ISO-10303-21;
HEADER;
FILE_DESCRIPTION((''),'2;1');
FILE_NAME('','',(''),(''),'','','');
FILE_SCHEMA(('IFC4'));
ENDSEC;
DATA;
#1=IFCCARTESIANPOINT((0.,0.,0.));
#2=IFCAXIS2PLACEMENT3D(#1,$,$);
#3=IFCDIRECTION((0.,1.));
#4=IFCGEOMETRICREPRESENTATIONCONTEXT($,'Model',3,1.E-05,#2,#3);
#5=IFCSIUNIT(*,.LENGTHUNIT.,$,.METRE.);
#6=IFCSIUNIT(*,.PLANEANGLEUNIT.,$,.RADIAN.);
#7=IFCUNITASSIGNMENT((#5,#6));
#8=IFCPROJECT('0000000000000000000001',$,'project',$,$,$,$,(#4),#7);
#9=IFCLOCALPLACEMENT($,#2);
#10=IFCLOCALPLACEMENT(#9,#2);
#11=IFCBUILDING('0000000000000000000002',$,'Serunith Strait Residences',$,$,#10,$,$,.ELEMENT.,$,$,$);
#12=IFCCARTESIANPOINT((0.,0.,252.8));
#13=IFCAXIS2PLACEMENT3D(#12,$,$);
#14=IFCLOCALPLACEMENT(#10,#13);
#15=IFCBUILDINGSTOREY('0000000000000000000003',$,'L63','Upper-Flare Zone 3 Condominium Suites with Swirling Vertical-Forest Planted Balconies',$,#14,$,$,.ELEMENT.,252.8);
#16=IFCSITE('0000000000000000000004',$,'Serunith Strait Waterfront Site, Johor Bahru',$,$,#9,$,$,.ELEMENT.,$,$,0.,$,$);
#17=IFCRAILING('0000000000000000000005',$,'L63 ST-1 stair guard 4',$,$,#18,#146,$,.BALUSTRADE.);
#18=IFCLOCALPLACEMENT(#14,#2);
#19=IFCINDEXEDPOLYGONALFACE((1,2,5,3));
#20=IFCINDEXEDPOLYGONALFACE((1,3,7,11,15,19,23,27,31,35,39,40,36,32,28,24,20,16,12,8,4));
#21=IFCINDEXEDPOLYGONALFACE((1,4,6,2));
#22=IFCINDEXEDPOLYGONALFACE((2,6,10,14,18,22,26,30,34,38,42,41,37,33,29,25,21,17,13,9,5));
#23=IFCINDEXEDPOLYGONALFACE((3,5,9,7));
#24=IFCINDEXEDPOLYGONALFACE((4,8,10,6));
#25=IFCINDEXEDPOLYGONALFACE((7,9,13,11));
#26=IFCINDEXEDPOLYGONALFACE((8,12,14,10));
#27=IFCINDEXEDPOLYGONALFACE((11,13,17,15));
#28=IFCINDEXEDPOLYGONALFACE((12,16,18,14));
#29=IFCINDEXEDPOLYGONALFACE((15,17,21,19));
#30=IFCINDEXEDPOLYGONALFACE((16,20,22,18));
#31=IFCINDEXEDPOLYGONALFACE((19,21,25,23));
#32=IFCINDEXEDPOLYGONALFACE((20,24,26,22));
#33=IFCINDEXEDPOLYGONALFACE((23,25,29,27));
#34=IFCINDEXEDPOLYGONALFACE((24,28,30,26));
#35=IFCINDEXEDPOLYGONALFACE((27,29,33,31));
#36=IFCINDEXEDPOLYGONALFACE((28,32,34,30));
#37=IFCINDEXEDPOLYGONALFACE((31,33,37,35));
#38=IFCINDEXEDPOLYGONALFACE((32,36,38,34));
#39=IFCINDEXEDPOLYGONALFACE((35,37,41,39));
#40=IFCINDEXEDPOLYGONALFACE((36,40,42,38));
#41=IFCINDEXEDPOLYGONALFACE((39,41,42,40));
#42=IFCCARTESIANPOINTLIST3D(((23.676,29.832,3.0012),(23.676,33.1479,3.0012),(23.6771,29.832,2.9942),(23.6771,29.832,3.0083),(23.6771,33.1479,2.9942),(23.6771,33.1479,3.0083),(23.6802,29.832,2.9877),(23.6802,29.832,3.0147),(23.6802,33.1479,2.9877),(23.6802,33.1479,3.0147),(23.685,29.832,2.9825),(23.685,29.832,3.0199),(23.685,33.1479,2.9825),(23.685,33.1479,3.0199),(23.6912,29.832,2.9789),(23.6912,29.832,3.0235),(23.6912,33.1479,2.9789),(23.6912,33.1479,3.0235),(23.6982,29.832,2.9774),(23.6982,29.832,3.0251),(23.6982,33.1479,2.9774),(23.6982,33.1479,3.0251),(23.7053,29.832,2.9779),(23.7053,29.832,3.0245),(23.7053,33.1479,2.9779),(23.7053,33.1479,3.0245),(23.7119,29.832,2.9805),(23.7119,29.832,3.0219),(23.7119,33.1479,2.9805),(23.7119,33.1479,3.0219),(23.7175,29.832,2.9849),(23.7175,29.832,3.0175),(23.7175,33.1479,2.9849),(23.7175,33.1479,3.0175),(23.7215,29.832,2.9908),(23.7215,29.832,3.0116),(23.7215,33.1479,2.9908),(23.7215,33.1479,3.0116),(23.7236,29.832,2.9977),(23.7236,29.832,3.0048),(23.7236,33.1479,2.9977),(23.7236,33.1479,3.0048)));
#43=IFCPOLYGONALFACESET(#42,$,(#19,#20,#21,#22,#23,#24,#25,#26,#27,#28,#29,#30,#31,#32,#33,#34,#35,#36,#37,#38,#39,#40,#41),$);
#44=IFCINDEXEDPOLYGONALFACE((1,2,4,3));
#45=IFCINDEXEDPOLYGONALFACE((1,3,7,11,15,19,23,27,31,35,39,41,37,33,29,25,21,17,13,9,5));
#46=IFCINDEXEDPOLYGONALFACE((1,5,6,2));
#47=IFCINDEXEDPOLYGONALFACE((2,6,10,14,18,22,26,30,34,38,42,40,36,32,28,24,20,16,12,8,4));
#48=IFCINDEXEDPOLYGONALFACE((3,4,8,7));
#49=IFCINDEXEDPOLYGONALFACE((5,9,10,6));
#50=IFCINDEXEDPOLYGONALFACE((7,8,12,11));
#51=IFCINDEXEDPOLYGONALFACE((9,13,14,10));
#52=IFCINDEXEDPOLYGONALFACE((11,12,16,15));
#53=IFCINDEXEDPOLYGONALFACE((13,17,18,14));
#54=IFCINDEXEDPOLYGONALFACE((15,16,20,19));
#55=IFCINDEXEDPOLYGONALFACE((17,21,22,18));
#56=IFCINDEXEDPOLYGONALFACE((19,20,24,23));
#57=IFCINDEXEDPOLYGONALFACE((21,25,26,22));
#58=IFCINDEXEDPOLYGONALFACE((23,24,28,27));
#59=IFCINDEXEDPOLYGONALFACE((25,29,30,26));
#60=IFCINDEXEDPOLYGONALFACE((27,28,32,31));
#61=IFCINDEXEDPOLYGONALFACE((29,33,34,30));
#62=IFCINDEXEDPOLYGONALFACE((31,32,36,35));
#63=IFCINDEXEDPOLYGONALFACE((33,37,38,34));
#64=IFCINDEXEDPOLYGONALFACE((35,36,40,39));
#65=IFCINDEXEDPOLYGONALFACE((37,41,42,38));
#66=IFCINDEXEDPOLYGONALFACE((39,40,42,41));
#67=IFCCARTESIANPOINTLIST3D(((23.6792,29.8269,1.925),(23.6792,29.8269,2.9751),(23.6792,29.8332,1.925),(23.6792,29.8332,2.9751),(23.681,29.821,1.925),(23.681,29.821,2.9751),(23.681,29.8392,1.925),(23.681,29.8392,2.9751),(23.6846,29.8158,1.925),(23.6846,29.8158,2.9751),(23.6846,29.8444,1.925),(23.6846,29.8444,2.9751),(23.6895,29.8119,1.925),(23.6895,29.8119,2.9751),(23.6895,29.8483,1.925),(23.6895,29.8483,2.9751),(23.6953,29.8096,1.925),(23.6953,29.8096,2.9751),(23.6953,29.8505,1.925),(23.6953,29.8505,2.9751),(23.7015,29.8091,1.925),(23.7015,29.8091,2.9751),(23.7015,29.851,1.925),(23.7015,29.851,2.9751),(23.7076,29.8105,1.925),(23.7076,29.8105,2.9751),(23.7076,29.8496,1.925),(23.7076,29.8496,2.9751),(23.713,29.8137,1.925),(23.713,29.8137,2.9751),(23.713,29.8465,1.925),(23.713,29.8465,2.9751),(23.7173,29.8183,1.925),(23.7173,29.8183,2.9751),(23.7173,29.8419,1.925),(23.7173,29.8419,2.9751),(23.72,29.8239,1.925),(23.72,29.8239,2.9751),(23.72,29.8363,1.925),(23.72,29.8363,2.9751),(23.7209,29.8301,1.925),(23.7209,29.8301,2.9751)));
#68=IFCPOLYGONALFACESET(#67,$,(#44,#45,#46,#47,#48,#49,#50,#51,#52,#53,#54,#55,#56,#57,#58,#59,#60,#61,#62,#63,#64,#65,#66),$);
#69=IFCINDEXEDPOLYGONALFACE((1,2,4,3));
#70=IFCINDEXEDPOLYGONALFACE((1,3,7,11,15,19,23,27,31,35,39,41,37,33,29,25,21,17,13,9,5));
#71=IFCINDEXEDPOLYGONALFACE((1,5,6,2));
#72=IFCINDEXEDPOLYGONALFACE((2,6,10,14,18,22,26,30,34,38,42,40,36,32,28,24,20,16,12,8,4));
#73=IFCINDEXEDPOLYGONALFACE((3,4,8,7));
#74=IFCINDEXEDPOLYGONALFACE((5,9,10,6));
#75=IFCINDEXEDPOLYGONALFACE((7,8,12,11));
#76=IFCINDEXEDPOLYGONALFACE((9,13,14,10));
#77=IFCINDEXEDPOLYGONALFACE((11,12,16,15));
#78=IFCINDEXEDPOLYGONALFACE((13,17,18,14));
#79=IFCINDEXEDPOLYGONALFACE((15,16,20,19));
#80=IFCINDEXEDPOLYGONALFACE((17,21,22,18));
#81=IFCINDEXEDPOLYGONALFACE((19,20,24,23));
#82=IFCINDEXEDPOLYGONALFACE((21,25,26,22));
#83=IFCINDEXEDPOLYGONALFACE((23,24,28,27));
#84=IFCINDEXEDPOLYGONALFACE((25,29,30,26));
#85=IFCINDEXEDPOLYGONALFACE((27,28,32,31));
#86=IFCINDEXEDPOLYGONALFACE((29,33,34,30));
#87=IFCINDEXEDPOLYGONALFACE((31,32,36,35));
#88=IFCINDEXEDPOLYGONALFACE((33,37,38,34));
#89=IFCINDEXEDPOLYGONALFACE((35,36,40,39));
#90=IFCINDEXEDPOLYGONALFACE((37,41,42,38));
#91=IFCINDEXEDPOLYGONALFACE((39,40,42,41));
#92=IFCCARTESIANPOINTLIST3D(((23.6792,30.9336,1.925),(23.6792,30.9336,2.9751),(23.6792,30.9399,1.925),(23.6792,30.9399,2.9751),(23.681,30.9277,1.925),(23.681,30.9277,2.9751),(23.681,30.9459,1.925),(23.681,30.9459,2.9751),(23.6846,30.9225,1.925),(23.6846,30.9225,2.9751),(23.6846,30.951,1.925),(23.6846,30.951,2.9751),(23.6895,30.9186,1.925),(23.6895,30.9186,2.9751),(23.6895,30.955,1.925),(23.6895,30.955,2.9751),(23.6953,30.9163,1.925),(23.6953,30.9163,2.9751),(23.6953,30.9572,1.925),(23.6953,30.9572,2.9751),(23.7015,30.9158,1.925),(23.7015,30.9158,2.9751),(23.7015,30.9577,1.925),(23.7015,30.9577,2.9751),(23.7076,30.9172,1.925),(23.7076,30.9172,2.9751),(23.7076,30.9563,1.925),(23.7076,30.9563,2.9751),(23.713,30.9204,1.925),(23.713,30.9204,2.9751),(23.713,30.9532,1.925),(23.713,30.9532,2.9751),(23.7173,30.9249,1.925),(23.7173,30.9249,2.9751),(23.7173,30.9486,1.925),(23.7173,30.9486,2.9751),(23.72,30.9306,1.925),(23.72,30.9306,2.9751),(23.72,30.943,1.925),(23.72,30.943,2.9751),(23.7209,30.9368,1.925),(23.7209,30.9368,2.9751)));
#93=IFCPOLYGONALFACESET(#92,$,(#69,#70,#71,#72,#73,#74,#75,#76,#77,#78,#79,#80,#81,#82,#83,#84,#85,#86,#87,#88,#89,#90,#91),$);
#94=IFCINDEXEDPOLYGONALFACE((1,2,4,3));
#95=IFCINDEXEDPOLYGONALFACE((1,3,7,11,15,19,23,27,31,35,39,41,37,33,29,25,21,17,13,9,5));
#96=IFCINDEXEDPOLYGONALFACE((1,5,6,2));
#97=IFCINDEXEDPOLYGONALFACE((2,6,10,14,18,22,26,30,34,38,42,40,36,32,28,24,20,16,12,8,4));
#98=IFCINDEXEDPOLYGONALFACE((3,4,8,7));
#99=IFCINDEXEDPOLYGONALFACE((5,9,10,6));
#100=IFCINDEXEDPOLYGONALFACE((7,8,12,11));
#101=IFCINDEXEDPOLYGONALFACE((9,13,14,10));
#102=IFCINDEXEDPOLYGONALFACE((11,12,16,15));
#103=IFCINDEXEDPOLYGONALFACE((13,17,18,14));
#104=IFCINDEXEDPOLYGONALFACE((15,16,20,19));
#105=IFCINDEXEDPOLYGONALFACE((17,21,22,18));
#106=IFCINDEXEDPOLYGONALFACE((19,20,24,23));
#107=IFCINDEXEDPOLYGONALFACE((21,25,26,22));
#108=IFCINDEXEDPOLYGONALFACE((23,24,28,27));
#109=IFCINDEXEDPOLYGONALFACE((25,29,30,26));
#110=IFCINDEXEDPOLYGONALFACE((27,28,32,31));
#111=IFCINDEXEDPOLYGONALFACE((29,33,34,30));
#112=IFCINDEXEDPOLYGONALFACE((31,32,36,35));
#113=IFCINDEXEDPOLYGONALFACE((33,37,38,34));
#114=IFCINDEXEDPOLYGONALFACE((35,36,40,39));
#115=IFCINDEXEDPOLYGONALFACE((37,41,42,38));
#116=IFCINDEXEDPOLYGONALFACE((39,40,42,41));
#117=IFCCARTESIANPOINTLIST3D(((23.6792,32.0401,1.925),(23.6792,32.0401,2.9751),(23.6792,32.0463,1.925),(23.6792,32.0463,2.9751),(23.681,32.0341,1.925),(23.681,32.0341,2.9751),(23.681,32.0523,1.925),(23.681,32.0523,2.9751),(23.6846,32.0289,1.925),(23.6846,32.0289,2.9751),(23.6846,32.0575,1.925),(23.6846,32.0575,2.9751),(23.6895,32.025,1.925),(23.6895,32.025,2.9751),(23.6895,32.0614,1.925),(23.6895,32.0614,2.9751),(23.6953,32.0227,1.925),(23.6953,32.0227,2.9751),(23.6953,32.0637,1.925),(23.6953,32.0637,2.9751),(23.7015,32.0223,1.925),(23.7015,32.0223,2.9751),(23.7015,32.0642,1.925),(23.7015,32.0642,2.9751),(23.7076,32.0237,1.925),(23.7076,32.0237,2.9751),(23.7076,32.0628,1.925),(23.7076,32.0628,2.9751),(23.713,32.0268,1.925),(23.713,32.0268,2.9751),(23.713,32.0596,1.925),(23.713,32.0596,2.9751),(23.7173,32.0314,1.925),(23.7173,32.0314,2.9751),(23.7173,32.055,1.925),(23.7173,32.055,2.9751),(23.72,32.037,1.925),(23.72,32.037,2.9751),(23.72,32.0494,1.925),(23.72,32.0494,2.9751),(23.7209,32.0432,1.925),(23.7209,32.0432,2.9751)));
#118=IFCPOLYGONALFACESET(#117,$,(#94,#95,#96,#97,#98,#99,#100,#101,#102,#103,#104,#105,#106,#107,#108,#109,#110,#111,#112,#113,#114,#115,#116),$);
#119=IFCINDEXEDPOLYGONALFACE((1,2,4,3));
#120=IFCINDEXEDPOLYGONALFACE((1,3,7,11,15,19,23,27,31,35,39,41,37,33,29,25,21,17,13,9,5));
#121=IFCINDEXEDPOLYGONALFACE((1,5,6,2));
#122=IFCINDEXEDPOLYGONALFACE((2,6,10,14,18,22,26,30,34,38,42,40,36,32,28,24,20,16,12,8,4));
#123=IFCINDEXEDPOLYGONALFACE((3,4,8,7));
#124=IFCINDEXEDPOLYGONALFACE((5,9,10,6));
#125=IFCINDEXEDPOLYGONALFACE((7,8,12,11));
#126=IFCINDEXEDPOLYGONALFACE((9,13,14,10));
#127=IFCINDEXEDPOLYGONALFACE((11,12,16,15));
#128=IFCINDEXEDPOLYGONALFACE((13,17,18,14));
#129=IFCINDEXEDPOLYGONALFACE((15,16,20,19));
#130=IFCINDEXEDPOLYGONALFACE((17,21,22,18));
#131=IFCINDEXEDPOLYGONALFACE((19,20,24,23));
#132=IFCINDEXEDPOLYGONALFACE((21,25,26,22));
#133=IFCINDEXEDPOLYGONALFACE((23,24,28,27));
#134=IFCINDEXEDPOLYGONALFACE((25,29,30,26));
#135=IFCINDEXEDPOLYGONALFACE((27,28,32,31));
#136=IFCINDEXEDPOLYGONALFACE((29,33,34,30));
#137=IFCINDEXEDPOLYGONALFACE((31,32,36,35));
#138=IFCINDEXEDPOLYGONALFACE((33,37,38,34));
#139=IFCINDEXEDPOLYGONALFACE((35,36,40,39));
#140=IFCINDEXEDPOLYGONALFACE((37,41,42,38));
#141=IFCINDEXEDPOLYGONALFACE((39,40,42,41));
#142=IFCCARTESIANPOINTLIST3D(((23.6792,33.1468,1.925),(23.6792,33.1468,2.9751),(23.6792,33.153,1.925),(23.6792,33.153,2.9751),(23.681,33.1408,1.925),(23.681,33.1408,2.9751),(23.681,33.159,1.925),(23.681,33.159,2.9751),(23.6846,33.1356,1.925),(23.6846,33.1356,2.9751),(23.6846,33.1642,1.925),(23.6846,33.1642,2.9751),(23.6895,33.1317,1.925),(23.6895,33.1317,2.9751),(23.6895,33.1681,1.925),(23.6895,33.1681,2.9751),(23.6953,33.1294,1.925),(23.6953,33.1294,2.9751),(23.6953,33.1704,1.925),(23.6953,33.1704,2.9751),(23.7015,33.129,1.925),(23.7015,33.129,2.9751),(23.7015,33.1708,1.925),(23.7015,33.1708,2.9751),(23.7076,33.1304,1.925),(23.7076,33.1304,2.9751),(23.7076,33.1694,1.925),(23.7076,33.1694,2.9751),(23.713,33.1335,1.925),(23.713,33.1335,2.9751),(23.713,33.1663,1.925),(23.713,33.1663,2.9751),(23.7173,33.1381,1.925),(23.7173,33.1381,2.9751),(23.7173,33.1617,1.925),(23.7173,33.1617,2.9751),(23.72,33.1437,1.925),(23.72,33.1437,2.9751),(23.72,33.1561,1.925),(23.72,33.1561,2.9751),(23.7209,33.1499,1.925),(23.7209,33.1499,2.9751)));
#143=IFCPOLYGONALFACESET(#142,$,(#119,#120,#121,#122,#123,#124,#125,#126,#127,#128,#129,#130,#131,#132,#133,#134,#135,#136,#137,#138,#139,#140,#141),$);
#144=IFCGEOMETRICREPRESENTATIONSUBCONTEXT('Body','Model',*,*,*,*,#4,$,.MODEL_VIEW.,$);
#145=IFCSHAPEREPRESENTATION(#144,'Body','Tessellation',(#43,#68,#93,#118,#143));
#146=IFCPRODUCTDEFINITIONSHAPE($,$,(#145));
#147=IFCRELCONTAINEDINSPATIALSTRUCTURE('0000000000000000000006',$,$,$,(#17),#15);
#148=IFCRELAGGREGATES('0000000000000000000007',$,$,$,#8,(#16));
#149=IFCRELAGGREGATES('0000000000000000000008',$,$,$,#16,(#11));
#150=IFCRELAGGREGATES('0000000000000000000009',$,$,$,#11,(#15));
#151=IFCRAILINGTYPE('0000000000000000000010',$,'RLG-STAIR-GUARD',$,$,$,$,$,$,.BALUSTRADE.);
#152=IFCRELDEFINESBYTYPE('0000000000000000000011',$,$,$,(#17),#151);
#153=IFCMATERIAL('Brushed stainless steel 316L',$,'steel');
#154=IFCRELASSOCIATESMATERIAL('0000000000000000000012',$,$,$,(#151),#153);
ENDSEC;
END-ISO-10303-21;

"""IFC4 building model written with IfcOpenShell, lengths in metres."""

from ifc_helpers import new_model, si_unit, direction, frame, origin, origin_2d, place, context, subcontext, project, spatial, circle, extrude, material, type_object, element, save


model = new_model("IFC4")

# Units and contexts
model_context = context("Model", 3, precision=1e-05, world=origin(), true_north=direction((0.0, 1.0)))
body_context = subcontext(model_context, "Body", "Model", "MODEL_VIEW")
ifc_project = project(units=[si_unit("LENGTHUNIT", "METRE"), si_unit("PLANEANGLEUNIT", "RADIAN")], contexts=[model_context])

# Site, building, storey
site_placement = place(None, origin())
site = spatial("IfcSite", under=ifc_project, at=site_placement, Name="Serunith Strait Waterfront Site, Johor Bahru", CompositionType="ELEMENT", RefElevation=0.0)
building_placement = place(site_placement, origin())
building = spatial("IfcBuilding", under=site, at=building_placement, Name="Serunith Strait Residences", CompositionType="ELEMENT")
storey_placement = place(building_placement, frame((0.0, 0.0, 252.8)))
storey = spatial("IfcBuildingStorey", under=building, at=storey_placement, Name="L63", Description="Upper-Flare Zone 3 Condominium Suites with Swirling Vertical-Forest Planted Balconies", CompositionType="ELEMENT", Elevation=252.8)

# Railing
ifc_material_1 = material(Name="Brushed stainless steel 316L", Category="steel")
railing_type_1 = type_object("IfcRailingType", Name="RLG-STAIR-GUARD", PredefinedType="BALUSTRADE", material=ifc_material_1)
for number, where, name in (
    (1, (23.7, 29.8301, 1.925), "L63 ST-1 stair guard 4"),
):
    element("IfcRailing", number, at=place(storey_placement, frame(where)), inside=storey, type_object=railing_type_1, Name=name, PredefinedType="BALUSTRADE", context=body_context, shape_type="SweptSolid", body=[
        extrude(circle(Radius=0.0239, at=origin_2d()), frame((0.0, 0.002, 1.0762), z_axis=(0.0, 1.0, 0.0), x_axis=(-1.0, 0.0, 0.0)), (0.0, 0.0, 1.0), 3.3159),
        extrude(circle(Radius=0.021, at=origin_2d()), origin(), (0.0, 0.0, 1.0), 1.05),
        extrude(circle(Radius=0.021, at=origin_2d()), frame((0.0, 1.1067, 0.0)), (0.0, 0.0, 1.0), 1.05),
        extrude(circle(Radius=0.021, at=origin_2d()), frame((0.0, 2.2131, 0.0)), (0.0, 0.0, 1.0), 1.05),
        extrude(circle(Radius=0.021, at=origin_2d()), frame((0.0, 3.3198, 0.0)), (0.0, 0.0, 1.0), 1.05),
    ])

save(model, "model.ifc")
